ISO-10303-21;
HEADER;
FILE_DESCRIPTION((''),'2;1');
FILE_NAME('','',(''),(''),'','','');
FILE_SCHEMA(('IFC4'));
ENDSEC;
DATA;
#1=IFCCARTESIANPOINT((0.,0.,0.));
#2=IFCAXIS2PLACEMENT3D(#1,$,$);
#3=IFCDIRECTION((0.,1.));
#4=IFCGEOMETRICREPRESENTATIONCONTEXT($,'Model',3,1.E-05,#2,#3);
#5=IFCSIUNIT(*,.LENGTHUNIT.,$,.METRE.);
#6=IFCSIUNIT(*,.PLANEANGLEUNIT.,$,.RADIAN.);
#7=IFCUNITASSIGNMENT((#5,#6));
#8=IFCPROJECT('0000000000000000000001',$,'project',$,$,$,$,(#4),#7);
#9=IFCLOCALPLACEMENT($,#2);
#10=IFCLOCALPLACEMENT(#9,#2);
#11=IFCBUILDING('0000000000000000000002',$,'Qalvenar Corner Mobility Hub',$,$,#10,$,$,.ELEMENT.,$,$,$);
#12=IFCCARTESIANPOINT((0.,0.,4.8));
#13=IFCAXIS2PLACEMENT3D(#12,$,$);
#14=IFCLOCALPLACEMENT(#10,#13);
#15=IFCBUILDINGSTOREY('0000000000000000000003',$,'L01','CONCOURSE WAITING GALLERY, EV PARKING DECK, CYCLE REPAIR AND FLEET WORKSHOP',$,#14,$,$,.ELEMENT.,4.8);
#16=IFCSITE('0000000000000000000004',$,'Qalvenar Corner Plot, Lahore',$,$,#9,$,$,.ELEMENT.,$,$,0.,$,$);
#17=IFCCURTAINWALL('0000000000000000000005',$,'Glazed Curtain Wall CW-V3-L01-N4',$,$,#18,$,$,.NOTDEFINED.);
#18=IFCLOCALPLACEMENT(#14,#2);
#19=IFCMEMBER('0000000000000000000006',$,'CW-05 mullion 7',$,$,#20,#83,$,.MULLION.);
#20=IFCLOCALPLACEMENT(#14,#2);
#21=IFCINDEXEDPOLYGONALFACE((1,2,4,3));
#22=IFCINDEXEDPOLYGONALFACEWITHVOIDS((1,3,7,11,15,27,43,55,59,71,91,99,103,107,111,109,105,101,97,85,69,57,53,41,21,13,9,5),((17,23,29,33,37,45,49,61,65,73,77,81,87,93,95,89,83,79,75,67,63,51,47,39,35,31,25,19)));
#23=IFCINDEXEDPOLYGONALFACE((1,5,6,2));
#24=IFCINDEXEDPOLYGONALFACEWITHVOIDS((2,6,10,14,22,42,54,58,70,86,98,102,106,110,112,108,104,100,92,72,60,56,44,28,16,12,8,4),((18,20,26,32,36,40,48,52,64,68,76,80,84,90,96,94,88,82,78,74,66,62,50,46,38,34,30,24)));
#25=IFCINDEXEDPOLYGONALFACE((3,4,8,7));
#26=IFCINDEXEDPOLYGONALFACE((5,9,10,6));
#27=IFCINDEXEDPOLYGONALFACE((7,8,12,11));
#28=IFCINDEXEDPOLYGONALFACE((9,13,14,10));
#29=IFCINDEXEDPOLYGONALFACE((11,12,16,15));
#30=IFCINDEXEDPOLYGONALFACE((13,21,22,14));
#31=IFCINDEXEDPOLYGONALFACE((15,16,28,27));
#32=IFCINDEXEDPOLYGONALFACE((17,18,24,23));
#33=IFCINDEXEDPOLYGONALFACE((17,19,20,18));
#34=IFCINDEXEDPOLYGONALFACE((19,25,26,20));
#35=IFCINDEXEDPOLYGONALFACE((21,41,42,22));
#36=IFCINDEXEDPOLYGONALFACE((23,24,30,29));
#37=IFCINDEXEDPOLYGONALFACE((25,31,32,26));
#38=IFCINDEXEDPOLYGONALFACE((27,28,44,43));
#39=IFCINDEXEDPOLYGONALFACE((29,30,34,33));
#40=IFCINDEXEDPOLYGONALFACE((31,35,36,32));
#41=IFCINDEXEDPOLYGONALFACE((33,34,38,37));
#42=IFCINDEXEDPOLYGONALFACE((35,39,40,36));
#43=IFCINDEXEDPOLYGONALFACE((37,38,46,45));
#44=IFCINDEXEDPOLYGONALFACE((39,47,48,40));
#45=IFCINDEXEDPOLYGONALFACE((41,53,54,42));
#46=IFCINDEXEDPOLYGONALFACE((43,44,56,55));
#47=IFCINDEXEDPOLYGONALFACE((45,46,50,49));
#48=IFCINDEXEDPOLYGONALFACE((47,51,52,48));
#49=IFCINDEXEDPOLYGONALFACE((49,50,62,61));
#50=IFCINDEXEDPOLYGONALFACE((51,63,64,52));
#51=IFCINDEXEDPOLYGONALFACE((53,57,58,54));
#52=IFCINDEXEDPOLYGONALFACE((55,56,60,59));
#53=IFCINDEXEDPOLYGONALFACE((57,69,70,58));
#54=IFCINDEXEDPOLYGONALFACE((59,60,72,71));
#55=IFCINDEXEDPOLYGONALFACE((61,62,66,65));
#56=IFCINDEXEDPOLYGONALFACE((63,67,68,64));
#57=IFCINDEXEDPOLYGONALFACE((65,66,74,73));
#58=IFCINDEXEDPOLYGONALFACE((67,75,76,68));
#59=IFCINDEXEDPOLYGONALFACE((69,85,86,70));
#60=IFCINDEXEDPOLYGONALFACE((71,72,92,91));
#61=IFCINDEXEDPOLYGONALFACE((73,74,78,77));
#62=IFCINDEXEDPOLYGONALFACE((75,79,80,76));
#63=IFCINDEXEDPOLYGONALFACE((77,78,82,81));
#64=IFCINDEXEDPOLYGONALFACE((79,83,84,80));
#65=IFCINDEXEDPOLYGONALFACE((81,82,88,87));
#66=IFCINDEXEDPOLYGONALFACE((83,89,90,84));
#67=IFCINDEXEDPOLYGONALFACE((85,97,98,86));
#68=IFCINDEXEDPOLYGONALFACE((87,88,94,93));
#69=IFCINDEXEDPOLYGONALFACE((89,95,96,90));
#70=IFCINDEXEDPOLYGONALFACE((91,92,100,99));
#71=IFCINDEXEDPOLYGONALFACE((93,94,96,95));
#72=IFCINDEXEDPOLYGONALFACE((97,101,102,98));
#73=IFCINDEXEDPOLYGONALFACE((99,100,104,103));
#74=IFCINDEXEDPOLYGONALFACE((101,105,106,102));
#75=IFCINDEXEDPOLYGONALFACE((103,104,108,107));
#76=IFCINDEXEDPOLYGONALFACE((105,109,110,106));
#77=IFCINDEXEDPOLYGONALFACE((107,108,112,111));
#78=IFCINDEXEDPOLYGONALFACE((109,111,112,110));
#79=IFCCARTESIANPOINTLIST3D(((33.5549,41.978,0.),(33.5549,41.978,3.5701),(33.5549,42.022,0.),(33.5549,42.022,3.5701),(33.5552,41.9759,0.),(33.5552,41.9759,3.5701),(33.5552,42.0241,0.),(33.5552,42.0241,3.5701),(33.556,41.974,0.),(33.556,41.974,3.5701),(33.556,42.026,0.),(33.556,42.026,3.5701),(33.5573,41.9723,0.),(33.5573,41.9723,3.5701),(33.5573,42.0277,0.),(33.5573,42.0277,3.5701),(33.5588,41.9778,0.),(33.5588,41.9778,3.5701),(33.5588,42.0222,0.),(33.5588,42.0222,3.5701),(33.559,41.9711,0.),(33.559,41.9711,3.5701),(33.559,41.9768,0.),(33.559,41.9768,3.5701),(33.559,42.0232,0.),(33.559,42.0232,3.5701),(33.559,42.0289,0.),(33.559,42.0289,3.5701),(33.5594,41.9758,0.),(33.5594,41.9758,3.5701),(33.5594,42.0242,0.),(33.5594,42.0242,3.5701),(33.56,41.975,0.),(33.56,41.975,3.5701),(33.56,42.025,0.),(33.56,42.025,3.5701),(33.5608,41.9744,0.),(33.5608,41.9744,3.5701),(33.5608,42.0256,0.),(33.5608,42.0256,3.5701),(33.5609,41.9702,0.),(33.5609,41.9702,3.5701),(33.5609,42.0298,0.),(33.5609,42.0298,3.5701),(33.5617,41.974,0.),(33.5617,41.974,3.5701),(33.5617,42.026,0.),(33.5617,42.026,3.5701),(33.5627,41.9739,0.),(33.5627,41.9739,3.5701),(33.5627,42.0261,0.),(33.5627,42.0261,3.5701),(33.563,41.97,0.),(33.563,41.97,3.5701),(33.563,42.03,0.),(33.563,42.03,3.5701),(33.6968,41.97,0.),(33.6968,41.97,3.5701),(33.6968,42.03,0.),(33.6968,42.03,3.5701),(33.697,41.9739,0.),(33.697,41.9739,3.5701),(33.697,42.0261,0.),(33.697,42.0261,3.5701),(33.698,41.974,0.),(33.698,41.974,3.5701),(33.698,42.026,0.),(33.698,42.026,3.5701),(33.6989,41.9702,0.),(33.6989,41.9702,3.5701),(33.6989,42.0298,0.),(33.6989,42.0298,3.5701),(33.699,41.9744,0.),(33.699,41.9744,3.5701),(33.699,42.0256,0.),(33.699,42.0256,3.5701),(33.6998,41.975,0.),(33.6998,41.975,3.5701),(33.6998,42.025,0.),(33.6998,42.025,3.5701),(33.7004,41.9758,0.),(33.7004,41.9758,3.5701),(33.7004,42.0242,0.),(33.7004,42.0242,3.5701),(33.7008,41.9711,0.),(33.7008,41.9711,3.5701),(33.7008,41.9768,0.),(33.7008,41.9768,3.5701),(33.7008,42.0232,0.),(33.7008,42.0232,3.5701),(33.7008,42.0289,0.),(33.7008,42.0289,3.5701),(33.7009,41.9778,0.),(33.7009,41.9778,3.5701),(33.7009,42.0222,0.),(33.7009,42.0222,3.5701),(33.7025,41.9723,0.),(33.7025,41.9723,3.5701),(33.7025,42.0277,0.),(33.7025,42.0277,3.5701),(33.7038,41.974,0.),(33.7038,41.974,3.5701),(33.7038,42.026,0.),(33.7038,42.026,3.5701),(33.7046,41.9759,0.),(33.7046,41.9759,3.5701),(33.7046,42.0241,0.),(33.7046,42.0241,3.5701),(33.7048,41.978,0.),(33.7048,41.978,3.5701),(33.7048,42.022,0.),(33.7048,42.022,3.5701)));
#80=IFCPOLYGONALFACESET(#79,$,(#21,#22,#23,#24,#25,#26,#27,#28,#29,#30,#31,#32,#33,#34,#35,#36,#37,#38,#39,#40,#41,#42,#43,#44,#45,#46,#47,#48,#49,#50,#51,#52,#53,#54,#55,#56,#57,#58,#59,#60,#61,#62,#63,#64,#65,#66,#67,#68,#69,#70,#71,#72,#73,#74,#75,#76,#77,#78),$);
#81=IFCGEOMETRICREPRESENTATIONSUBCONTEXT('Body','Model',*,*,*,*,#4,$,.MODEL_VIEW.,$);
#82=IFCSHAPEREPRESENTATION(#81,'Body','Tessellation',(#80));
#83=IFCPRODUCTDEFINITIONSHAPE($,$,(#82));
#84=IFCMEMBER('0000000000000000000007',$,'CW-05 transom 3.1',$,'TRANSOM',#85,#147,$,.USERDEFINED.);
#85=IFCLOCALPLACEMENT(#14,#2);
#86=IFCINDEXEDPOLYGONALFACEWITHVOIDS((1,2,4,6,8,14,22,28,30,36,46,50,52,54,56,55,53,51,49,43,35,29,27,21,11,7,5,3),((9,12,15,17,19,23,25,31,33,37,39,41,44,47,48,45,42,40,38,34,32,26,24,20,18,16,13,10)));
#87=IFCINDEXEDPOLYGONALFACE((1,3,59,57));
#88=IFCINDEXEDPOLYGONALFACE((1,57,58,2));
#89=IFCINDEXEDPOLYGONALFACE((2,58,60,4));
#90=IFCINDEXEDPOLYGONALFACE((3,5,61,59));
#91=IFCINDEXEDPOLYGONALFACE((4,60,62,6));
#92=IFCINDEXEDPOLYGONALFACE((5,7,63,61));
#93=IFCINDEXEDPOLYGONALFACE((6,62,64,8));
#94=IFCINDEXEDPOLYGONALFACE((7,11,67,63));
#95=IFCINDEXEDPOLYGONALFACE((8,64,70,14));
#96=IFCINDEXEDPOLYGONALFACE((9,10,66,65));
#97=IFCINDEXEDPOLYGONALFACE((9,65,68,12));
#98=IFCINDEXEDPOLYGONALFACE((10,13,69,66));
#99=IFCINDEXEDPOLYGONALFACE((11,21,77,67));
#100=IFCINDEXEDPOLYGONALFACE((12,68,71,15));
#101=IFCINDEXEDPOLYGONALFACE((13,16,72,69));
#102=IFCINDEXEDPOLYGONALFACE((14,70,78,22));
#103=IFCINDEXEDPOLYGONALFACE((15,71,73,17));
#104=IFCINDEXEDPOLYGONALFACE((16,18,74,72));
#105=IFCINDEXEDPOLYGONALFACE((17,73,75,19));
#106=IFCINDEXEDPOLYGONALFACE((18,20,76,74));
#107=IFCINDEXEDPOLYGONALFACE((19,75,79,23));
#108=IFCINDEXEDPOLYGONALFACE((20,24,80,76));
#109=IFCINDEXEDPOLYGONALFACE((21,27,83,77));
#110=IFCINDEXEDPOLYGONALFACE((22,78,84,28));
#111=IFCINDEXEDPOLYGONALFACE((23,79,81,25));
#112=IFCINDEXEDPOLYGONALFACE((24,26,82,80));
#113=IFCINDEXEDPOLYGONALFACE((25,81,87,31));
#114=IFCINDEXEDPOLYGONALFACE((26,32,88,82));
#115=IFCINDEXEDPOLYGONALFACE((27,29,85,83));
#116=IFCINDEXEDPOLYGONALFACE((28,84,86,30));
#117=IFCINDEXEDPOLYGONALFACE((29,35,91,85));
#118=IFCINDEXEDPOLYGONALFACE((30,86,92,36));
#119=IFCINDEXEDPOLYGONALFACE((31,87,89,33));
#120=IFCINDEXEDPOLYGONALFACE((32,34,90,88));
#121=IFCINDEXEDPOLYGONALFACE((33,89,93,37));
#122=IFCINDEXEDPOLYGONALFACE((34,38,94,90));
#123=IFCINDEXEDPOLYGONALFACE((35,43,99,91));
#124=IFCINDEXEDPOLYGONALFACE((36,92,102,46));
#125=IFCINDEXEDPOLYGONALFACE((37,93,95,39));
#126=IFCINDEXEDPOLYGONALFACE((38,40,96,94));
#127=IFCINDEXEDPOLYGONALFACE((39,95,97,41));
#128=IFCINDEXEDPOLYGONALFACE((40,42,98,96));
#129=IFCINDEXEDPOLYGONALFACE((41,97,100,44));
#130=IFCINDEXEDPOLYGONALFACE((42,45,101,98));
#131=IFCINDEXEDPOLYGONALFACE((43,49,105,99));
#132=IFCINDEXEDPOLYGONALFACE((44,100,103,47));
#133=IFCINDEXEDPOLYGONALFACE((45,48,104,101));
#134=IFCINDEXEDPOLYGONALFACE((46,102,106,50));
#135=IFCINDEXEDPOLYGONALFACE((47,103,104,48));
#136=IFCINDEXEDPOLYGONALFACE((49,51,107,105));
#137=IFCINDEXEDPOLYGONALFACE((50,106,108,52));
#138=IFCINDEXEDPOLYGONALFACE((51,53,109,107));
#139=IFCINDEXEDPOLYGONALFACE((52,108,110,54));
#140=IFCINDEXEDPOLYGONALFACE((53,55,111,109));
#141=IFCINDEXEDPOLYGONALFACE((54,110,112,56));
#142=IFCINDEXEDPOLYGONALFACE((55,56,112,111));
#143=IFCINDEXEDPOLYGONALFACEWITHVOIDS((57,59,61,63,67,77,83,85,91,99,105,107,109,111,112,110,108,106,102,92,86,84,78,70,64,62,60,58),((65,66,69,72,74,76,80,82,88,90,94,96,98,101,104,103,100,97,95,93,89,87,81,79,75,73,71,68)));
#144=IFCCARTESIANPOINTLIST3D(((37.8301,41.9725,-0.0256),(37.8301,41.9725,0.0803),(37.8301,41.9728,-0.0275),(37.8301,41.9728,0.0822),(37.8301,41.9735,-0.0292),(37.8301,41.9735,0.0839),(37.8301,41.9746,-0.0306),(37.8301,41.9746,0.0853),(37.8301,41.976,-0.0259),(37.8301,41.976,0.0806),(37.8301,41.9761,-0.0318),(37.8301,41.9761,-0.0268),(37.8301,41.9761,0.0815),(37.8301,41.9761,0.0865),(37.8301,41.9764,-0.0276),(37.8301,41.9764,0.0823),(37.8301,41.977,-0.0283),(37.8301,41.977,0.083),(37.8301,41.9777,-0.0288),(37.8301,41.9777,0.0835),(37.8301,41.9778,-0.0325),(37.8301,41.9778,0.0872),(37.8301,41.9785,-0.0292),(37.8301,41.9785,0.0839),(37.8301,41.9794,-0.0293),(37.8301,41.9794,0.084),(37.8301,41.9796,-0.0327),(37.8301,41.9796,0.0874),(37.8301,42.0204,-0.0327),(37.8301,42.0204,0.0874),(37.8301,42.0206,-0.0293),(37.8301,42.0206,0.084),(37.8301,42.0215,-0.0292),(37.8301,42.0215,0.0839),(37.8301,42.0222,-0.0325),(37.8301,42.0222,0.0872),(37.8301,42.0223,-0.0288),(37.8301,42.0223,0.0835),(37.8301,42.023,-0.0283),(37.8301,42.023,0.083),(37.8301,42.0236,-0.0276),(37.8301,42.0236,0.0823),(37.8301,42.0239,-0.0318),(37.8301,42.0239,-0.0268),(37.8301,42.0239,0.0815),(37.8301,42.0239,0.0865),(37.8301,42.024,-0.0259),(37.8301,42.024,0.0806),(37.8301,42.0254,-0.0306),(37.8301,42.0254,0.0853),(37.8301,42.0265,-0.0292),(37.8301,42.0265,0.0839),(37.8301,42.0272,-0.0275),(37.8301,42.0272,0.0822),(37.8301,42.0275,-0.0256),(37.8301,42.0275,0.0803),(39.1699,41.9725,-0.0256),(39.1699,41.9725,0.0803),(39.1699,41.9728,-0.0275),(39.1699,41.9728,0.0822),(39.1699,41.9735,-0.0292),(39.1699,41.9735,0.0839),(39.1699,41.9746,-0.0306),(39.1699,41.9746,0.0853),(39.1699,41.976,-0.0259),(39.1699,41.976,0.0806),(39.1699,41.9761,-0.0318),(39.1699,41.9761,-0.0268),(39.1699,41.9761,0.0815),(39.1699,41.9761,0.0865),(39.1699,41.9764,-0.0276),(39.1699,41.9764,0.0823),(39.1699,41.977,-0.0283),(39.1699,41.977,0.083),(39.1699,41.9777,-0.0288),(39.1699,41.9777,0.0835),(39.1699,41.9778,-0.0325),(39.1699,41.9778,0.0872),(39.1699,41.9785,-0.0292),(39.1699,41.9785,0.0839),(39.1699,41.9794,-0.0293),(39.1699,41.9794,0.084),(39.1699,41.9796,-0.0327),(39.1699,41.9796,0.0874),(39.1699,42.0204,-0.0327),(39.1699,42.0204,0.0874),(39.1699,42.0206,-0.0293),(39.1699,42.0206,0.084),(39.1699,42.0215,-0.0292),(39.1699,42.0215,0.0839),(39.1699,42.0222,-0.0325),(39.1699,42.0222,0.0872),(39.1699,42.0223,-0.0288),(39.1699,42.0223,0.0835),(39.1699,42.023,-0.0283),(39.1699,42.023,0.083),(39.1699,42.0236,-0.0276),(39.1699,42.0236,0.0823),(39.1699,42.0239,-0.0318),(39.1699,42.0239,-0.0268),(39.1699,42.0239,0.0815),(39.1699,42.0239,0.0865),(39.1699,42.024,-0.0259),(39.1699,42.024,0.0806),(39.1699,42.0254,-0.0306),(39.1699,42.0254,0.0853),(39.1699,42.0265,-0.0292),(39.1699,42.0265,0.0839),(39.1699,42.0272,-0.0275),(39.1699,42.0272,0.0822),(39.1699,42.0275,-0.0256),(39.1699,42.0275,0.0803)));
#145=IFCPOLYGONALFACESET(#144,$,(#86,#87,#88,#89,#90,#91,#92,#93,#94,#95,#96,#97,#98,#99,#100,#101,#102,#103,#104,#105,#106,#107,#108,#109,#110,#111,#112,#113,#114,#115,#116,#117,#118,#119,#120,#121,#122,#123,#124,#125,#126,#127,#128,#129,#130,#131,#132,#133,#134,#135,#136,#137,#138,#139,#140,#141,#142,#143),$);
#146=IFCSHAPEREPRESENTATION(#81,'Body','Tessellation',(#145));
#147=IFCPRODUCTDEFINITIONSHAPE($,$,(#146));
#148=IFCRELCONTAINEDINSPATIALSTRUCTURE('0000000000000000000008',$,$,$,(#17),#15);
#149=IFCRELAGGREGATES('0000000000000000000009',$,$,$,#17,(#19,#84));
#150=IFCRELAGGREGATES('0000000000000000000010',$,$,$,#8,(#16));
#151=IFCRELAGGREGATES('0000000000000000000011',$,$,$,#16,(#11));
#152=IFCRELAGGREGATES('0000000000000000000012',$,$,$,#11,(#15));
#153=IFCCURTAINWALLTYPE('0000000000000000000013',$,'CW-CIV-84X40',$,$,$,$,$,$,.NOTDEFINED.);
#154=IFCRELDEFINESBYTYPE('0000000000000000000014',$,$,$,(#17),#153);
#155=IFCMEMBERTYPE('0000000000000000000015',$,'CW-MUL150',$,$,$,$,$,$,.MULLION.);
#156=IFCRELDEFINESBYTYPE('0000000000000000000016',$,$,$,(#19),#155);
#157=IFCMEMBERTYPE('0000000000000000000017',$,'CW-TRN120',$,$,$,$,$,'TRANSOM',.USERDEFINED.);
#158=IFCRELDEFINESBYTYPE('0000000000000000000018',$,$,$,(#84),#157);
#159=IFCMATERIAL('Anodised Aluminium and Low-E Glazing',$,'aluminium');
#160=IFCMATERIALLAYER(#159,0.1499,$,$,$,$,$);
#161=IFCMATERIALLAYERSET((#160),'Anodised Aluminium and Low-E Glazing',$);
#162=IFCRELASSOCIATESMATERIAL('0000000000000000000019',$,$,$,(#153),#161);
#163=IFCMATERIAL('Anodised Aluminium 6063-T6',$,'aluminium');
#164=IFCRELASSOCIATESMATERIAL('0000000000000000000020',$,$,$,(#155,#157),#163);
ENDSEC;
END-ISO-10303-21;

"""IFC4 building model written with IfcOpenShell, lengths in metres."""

from ifc_helpers import new_model, si_unit, direction, frame, origin, origin_2d, place, context, subcontext, project, spatial, hollow_rectangle, extrude, material, layer, layer_set, material_profile, profile_set, type_object, element, aggregate, save


model = new_model("IFC4")

# Units and contexts
model_context = context("Model", 3, precision=1e-05, world=origin(), true_north=direction((0.0, 1.0)))
body_context = subcontext(model_context, "Body", "Model", "MODEL_VIEW")
ifc_project = project(units=[si_unit("LENGTHUNIT", "METRE"), si_unit("PLANEANGLEUNIT", "RADIAN")], contexts=[model_context])

# Site, building, storey
site_placement = place(None, origin())
site = spatial("IfcSite", under=ifc_project, at=site_placement, Name="Qalvenar Corner Plot, Lahore", CompositionType="ELEMENT", RefElevation=0.0)
building_placement = place(site_placement, origin())
building = spatial("IfcBuilding", under=site, at=building_placement, Name="Qalvenar Corner Mobility Hub", CompositionType="ELEMENT")
storey_placement = place(building_placement, frame((0.0, 0.0, 4.8)))
storey = spatial("IfcBuildingStorey", under=building, at=storey_placement, Name="L01", Description="CONCOURSE WAITING GALLERY, EV PARKING DECK, CYCLE REPAIR AND FLEET WORKSHOP", CompositionType="ELEMENT", Elevation=4.8)

# Curtain wall, members
ifc_material_1 = material(Name="Anodised Aluminium and Low-E Glazing", Category="aluminium")
ifc_layer_1 = layer(ifc_material_1, 0.1499)
ifc_layer_set_1 = layer_set([ifc_layer_1], Name="Anodised Aluminium and Low-E Glazing")
curtain_wall_type = type_object("IfcCurtainWallType", Name="CW-CIV-84X40", PredefinedType="NOTDEFINED", material=ifc_layer_set_1)
curtain_wall_placement = place(storey_placement, origin())
curtain_wall = element("IfcCurtainWall", 1, at=curtain_wall_placement, inside=storey, type_object=curtain_wall_type, Name="Glazed Curtain Wall CW-V3-L01-N4", PredefinedType="NOTDEFINED")
ifc_material_2 = material(Name="Anodised Aluminium 6063-T6", Category="aluminium")
ifc_material_profile_1 = material_profile(ifc_material_2, hollow_rectangle(XDim=0.0601, YDim=0.1499, WallThickness=0.0039, InnerFilletRadius=0.0039, OuterFilletRadius=0.0081, at=origin_2d()), Name="RHS150x60x4")
ifc_profile_set_1 = profile_set([ifc_material_profile_1], Name="Anodised Aluminium 6063-T6")
member_type_1 = type_object("IfcMemberType", Name="CW-MUL150", PredefinedType="MULLION", material=ifc_profile_set_1)
member_1_placement = place(storey_placement, frame((33.6299, 42.0, 0.0), z_axis=(0.0, 0.0, 1.0), x_axis=(0.0, -1.0, 0.0)))
member_1 = element("IfcMember", 2, at=member_1_placement, type_object=member_type_1, Name="CW-05 mullion 7", PredefinedType="MULLION", context=body_context, shape_type="SweptSolid", body=[
    extrude(hollow_rectangle(XDim=0.0601, YDim=0.1499, WallThickness=0.0039, InnerFilletRadius=0.0039, OuterFilletRadius=0.0081, at=origin_2d()), origin(), (0.0, 0.0, 1.0), 3.5701),
])
ifc_material_profile_2 = material_profile(ifc_material_2, hollow_rectangle(XDim=0.0549, YDim=0.1201, WallThickness=0.0034, InnerFilletRadius=0.0034, OuterFilletRadius=0.0071, at=origin_2d()), Name="RHS120x55x3.5")
ifc_profile_set_2 = profile_set([ifc_material_profile_2], Name="Anodised Aluminium 6063-T6")
member_type_2 = type_object("IfcMemberType", Name="CW-TRN120", ElementType="TRANSOM", PredefinedType="USERDEFINED", material=ifc_profile_set_2)
member_2_placement = place(storey_placement, frame((39.1699, 42.0, 0.0273), z_axis=(-1.0, 0.0, 0.0), x_axis=(0.0, -1.0, 0.0)))
member_2 = element("IfcMember", 3, at=member_2_placement, type_object=member_type_2, Name="CW-05 transom 3.1", ObjectType="TRANSOM", PredefinedType="USERDEFINED", context=body_context, shape_type="SweptSolid", body=[
    extrude(hollow_rectangle(XDim=0.0549, YDim=0.1201, WallThickness=0.0034, InnerFilletRadius=0.0034, OuterFilletRadius=0.0071, at=origin_2d()), origin(), (0.0, 0.0, 1.0), 1.3398),
])
aggregate(curtain_wall, [member_1, member_2])

save(model, "model.ifc")
